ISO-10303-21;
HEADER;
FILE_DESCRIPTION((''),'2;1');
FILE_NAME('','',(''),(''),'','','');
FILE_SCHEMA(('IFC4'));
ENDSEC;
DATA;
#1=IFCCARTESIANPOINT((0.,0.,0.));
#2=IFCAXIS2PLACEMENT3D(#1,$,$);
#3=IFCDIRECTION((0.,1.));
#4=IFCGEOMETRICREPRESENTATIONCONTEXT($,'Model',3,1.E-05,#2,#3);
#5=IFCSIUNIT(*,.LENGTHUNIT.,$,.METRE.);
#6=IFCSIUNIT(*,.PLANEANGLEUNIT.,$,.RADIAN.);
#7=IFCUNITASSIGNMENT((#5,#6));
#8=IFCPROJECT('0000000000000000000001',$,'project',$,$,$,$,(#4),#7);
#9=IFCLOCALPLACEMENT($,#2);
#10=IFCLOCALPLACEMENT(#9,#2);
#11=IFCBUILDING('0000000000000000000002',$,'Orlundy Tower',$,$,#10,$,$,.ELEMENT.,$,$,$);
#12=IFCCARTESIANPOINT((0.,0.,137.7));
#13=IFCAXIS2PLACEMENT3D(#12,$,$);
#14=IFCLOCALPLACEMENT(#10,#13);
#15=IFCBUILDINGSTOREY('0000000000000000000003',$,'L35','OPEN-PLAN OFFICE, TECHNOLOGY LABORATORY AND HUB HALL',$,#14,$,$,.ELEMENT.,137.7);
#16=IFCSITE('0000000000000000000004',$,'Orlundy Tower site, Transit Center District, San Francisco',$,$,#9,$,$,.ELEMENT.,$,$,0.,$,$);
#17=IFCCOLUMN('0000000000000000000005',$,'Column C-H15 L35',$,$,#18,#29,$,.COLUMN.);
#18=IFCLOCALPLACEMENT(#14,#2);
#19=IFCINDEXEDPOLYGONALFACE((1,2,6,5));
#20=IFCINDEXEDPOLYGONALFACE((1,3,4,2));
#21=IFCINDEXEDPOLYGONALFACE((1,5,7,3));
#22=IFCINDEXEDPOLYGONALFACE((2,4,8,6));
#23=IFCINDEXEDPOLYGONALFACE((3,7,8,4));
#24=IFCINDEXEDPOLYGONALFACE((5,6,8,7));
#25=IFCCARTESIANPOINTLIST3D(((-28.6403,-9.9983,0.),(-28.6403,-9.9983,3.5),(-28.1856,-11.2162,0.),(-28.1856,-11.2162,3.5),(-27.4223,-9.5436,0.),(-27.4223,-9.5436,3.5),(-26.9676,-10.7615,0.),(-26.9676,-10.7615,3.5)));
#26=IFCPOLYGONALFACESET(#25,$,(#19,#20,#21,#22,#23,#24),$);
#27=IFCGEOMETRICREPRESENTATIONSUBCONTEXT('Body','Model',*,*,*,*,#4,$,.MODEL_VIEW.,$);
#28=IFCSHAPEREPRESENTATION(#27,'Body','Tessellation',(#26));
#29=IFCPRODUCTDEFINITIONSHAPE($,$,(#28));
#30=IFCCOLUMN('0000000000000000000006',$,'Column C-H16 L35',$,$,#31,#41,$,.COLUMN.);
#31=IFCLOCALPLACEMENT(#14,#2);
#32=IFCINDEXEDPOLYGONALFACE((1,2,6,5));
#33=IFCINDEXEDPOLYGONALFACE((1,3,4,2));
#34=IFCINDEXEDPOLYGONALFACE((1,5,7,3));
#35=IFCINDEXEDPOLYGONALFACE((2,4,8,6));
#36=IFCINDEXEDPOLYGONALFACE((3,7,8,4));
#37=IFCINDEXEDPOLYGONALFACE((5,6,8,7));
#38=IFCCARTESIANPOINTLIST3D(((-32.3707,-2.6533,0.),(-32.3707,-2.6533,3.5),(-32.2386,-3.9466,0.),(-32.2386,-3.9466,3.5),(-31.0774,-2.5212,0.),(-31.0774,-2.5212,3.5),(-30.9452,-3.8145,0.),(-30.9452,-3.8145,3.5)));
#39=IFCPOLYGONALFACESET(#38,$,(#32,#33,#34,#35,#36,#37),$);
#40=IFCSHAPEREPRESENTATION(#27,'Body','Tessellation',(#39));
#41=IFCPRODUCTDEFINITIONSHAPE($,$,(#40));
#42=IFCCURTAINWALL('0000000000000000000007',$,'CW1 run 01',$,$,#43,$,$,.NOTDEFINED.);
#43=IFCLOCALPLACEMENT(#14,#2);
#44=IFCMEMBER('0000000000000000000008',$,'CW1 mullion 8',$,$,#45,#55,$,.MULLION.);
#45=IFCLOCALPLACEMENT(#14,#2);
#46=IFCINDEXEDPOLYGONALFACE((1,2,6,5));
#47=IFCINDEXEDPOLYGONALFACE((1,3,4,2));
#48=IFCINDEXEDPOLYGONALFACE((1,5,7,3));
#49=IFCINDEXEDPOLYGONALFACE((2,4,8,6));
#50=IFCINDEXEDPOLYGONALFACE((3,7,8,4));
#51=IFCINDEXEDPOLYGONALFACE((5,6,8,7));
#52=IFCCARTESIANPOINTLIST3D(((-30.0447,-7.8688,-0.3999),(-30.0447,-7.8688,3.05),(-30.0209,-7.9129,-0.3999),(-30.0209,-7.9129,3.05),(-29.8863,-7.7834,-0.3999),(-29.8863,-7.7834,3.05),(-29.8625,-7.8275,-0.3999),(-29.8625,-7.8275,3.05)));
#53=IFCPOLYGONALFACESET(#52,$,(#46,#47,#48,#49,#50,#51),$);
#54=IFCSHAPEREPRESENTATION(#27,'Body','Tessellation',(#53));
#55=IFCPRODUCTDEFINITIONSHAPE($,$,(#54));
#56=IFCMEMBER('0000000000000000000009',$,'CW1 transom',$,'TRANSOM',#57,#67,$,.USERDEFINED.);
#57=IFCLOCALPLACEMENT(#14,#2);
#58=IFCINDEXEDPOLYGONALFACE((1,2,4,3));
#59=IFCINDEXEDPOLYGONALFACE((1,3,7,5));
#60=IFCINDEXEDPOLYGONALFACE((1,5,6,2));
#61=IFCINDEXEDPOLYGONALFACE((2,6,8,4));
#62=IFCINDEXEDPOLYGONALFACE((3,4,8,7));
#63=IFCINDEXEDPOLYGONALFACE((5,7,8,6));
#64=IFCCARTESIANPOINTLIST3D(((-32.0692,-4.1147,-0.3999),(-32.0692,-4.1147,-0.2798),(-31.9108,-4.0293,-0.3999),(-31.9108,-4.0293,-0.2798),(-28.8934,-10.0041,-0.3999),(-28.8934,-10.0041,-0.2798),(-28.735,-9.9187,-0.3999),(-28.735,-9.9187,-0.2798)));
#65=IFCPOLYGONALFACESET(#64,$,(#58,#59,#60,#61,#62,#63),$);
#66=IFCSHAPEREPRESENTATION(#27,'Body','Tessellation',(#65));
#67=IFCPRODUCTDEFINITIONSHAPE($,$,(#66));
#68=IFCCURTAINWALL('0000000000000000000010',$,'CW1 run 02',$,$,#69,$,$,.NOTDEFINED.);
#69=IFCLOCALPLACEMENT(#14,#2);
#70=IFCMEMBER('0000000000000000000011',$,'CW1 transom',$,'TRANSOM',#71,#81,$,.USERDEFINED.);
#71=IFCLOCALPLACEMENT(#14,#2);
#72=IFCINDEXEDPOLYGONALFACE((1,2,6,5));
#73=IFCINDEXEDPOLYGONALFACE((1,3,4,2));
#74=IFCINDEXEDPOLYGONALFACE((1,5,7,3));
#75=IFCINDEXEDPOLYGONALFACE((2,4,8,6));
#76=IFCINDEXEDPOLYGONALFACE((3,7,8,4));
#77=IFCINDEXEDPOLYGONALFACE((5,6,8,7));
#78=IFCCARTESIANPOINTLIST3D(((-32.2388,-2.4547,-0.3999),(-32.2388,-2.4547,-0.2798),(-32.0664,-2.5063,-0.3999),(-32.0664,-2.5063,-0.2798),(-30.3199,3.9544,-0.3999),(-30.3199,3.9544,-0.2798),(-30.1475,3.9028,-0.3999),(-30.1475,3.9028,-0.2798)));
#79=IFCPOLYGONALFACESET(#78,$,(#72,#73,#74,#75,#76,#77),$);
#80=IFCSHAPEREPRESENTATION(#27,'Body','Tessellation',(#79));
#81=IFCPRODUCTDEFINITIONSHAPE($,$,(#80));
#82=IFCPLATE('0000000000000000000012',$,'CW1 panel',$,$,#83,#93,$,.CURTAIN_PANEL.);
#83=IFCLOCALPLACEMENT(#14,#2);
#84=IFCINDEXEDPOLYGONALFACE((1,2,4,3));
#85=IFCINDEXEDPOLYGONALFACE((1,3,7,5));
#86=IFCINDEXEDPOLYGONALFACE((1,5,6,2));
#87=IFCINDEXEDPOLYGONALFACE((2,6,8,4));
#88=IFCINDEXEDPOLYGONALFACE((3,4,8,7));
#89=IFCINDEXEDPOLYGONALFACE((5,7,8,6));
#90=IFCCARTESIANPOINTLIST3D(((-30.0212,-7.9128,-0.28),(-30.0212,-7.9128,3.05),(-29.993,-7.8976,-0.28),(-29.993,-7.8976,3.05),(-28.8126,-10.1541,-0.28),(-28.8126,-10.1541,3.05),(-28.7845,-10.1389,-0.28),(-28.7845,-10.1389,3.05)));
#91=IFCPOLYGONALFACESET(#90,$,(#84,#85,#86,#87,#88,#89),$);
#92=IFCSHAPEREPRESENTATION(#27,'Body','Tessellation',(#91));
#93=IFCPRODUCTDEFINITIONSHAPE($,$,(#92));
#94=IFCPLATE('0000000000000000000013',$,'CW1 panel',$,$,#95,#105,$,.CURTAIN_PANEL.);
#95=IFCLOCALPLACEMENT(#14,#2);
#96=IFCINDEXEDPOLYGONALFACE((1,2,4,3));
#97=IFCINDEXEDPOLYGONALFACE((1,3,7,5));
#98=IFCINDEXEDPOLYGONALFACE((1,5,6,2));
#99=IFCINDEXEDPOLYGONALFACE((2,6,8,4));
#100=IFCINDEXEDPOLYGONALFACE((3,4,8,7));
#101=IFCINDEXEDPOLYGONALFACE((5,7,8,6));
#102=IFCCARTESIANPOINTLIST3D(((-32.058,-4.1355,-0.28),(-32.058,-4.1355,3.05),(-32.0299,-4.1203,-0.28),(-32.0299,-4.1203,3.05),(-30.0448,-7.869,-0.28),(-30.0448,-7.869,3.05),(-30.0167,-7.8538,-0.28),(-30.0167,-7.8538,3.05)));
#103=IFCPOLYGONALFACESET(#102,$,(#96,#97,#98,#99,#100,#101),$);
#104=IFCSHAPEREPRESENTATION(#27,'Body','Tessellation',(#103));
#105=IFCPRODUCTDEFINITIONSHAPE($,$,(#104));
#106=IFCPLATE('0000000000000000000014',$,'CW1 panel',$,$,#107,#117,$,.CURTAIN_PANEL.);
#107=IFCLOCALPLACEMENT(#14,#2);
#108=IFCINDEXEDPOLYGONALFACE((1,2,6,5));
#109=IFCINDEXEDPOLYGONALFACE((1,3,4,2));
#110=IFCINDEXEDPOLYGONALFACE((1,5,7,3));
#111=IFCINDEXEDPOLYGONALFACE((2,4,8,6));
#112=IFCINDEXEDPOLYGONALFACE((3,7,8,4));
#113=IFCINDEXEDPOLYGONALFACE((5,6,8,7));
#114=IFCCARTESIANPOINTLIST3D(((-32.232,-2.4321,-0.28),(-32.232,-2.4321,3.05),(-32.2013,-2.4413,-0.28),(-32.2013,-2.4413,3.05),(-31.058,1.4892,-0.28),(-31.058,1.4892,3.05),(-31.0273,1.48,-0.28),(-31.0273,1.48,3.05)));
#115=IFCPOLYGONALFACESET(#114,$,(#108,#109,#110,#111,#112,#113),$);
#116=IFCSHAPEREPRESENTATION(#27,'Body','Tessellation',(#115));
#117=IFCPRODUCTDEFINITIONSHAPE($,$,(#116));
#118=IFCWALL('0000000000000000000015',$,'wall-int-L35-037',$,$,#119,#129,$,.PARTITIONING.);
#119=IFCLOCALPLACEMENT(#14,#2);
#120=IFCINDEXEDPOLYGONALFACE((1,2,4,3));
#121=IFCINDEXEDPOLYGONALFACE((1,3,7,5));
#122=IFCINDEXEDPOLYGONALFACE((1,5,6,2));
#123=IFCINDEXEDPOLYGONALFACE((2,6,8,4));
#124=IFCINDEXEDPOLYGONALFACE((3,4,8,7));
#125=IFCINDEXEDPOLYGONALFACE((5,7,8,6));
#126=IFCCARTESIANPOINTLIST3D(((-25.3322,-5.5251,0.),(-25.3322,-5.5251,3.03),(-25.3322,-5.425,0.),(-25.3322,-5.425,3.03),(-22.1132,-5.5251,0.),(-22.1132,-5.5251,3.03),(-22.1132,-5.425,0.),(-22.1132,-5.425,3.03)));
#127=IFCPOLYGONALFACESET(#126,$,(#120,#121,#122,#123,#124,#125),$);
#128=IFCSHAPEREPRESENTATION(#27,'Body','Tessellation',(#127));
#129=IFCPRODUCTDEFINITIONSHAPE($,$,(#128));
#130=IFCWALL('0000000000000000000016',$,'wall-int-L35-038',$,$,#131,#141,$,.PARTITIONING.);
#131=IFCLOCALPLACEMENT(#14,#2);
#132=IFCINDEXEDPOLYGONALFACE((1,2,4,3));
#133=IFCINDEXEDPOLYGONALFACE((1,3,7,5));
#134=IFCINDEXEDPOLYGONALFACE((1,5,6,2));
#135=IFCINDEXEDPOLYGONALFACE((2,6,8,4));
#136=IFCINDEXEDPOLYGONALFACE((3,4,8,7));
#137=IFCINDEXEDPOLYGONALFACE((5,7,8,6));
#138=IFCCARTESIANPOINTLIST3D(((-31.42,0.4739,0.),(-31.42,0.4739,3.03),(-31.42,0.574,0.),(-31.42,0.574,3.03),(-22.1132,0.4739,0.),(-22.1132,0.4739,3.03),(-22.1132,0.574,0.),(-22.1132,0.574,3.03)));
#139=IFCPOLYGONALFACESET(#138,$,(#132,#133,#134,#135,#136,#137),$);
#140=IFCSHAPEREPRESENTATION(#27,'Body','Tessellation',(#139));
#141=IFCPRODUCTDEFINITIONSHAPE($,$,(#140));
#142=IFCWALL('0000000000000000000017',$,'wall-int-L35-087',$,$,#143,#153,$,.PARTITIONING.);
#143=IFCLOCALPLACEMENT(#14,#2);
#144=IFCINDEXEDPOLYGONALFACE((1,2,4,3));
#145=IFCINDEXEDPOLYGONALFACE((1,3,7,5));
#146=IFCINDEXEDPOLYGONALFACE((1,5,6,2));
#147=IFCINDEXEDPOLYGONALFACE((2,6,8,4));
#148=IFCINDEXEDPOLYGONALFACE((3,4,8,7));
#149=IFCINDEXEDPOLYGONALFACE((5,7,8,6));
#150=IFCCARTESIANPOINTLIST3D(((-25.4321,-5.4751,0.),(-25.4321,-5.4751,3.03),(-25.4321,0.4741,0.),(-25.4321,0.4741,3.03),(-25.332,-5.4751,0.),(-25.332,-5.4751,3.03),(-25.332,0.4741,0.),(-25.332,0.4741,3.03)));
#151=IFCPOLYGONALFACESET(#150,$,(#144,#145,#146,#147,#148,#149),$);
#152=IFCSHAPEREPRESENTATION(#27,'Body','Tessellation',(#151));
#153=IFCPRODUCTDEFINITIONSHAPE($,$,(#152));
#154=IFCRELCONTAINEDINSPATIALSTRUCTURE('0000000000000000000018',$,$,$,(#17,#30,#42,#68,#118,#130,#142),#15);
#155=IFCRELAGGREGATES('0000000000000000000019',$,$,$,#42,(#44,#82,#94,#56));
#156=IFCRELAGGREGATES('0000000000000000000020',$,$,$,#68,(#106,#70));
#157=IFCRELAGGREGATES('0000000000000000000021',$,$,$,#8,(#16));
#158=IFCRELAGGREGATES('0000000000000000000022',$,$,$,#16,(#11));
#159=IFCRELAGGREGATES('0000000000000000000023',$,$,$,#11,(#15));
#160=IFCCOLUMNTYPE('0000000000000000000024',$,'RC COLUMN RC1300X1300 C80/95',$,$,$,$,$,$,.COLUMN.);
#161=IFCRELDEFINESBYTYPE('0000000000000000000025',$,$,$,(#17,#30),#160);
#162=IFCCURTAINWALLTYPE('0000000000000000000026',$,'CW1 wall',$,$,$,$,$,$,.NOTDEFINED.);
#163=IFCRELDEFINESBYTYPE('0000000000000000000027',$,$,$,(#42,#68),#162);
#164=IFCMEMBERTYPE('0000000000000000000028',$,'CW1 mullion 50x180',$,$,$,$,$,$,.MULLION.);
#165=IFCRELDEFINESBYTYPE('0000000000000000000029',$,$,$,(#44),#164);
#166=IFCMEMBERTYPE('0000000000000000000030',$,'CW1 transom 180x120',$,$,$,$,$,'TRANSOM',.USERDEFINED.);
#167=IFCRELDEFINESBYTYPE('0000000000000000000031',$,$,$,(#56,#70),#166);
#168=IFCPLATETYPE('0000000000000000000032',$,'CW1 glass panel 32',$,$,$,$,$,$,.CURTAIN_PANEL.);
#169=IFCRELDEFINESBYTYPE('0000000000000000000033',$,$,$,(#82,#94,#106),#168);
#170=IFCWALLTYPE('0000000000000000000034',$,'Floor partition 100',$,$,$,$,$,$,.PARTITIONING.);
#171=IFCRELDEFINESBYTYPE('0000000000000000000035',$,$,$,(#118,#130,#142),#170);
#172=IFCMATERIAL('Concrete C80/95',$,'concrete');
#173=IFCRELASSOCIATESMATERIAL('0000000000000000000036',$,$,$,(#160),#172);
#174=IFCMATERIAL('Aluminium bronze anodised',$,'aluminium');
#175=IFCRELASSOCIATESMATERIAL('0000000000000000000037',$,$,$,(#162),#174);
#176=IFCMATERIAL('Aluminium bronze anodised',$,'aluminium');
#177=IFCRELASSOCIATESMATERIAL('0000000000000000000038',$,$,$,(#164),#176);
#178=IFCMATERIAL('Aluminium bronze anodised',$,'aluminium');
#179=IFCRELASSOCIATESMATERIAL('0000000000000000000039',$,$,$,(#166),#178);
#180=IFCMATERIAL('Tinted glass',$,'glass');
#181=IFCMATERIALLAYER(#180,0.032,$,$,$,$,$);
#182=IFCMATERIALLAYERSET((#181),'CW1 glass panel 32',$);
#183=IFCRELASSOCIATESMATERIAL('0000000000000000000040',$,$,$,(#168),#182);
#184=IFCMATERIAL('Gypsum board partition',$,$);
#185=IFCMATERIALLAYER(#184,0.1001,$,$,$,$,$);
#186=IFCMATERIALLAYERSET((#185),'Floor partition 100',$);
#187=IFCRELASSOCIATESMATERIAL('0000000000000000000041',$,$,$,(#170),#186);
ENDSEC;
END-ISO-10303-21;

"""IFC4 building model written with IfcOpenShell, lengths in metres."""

from ifc_helpers import new_model, si_unit, direction, frame, frame_2d, origin, origin_2d, place, context, subcontext, project, spatial, rectangle, extrude, material, layer, layer_set, material_profile, profile_set, type_object, element, aggregate, save


model = new_model("IFC4")

# Units and contexts
model_context = context("Model", 3, precision=1e-05, world=origin(), true_north=direction((0.0, 1.0)))
body_context = subcontext(model_context, "Body", "Model", "MODEL_VIEW")
ifc_project = project(units=[si_unit("LENGTHUNIT", "METRE"), si_unit("PLANEANGLEUNIT", "RADIAN")], contexts=[model_context])

# Site, building, storey
site_placement = place(None, origin())
site = spatial("IfcSite", under=ifc_project, at=site_placement, Name="Orlundy Tower site, Transit Center District, San Francisco", CompositionType="ELEMENT", RefElevation=0.0)
building_placement = place(site_placement, origin())
building = spatial("IfcBuilding", under=site, at=building_placement, Name="Orlundy Tower", CompositionType="ELEMENT")
storey_placement = place(building_placement, frame((0.0, 0.0, 137.7)))
storey = spatial("IfcBuildingStorey", under=building, at=storey_placement, Name="L35", Description="OPEN-PLAN OFFICE, TECHNOLOGY LABORATORY AND HUB HALL", CompositionType="ELEMENT", Elevation=137.7)

# Columns
ifc_material_1 = material(Name="Concrete C80/95", Category="concrete")
ifc_material_profile_1 = material_profile(ifc_material_1, rectangle(XDim=1.3, YDim=1.3, at=origin_2d()), Name="RC1300X1300")
ifc_profile_set_1 = profile_set([ifc_material_profile_1], Name="Concrete C80/95")
column_type = type_object("IfcColumnType", Name="RC COLUMN RC1300X1300 C80/95", PredefinedType="COLUMN", material=ifc_profile_set_1)
for number, where, z_axis, x_axis, name in (
    (1, (-27.804, -10.3799, 0.0), (0.0, 0.0, 1.0), (-0.936843, -0.34975, 0.0), "Column C-H15 L35"),
    (2, (-31.658, -3.2339, 0.0), (0.0, 0.0, 1.0), (-0.994822, -0.101629, 0.0), "Column C-H16 L35"),
):
    element("IfcColumn", number, at=place(storey_placement, frame(where, z_axis=z_axis, x_axis=x_axis)), inside=storey, type_object=column_type, Name=name, PredefinedType="COLUMN", context=body_context, shape_type="SweptSolid", body=[
        extrude(rectangle(XDim=1.3, YDim=1.3, at=origin_2d()), origin(), (0.0, 0.0, 1.0), 3.5),
    ])

# Curtain wall, members
ifc_material_2 = material(Name="Aluminium bronze anodised", Category="aluminium")
curtain_wall_type = type_object("IfcCurtainWallType", Name="CW1 wall", PredefinedType="NOTDEFINED", material=ifc_material_2)
curtain_wall_1_placement = place(storey_placement, origin())
curtain_wall_1 = element("IfcCurtainWall", 3, at=curtain_wall_1_placement, inside=storey, type_object=curtain_wall_type, Name="CW1 run 01", PredefinedType="NOTDEFINED")
ifc_material_3 = material(Name="Aluminium bronze anodised", Category="aluminium")
ifc_material_profile_2 = material_profile(ifc_material_3, rectangle(XDim=0.1799, YDim=0.05, at=origin_2d()), Name="CW1 mullion 50x180")
ifc_profile_set_2 = profile_set([ifc_material_profile_2], Name="Aluminium bronze anodised")
member_type_1 = type_object("IfcMemberType", Name="CW1 mullion 50x180", PredefinedType="MULLION", material=ifc_profile_set_2)
member_1_placement = place(storey_placement, frame((-29.9536, -7.8481, -0.3999), z_axis=(0.0, 0.0, 1.0), x_axis=(-0.880189, -0.474624, 0.0)))
member_1 = element("IfcMember", 4, at=member_1_placement, type_object=member_type_1, Name="CW1 mullion 8", PredefinedType="MULLION", context=body_context, shape_type="SweptSolid", body=[
    extrude(rectangle(XDim=0.1799, YDim=0.05, at=origin_2d()), origin(), (0.0, 0.0, 1.0), 3.45),
])
ifc_material_4 = material(Name="Aluminium bronze anodised", Category="aluminium")
ifc_material_profile_3 = material_profile(ifc_material_4, rectangle(XDim=0.1799, YDim=0.1201, at=origin_2d()), Name="CW1 transom 180x120")
ifc_profile_set_3 = profile_set([ifc_material_profile_3], Name="Aluminium bronze anodised")
member_type_2 = type_object("IfcMemberType", Name="CW1 transom 180x120", ElementType="TRANSOM", PredefinedType="USERDEFINED", material=ifc_profile_set_3)
member_2_placement = place(storey_placement, frame((-28.8142, -9.9614, -0.3398), z_axis=(-0.474628, 0.880186, 0.0), x_axis=(-0.880186, -0.474628, 0.0)))
member_2 = element("IfcMember", 5, at=member_2_placement, type_object=member_type_2, Name="CW1 transom", ObjectType="TRANSOM", PredefinedType="USERDEFINED", context=body_context, shape_type="SweptSolid", body=[
    extrude(rectangle(XDim=0.1799, YDim=0.1201, at=origin_2d()), origin(), (0.0, 0.0, 1.0), 6.6912),
])

# Curtain wall, member
curtain_wall_2_placement = place(storey_placement, origin())
curtain_wall_2 = element("IfcCurtainWall", 6, at=curtain_wall_2_placement, inside=storey, type_object=curtain_wall_type, Name="CW1 run 02", PredefinedType="NOTDEFINED")
member_3_placement = place(storey_placement, frame((-32.1526, -2.4805, -0.3398), z_axis=(0.286826, 0.957983, 0.0), x_axis=(-0.957983, 0.286826, 0.0)))
member_3 = element("IfcMember", 7, at=member_3_placement, type_object=member_type_2, Name="CW1 transom", ObjectType="TRANSOM", PredefinedType="USERDEFINED", context=body_context, shape_type="SweptSolid", body=[
    extrude(rectangle(XDim=0.1799, YDim=0.1201, at=origin_2d()), origin(), (0.0, 0.0, 1.0), 6.6902),
])

# Plates
ifc_material_5 = material(Name="Tinted glass", Category="glass")
ifc_layer_1 = layer(ifc_material_5, 0.032)
ifc_layer_set_1 = layer_set([ifc_layer_1], Name="CW1 glass panel 32")
plate_type = type_object("IfcPlateType", Name="CW1 glass panel 32", PredefinedType="CURTAIN_PANEL", material=ifc_layer_set_1)
plate_1_placement = place(storey_placement, frame((-29.4028, -9.0259, -0.28), z_axis=(0.0, 0.0, 1.0), x_axis=(-0.474624, 0.880189, 0.0)))
plate_1 = element("IfcPlate", 8, at=plate_1_placement, type_object=plate_type, Name="CW1 panel", PredefinedType="CURTAIN_PANEL", context=body_context, shape_type="SweptSolid", body=[
    extrude(rectangle(XDim=2.5464, YDim=0.032, at=origin_2d()), origin(), (0.0, 0.0, 1.0), 3.3301),
])
plate_2_placement = place(storey_placement, frame((-31.0374, -5.9946, -0.28), z_axis=(0.0, 0.0, 1.0), x_axis=(-0.474624, 0.880189, 0.0)))
plate_2 = element("IfcPlate", 9, at=plate_2_placement, type_object=plate_type, Name="CW1 panel", PredefinedType="CURTAIN_PANEL", context=body_context, shape_type="SweptSolid", body=[
    extrude(rectangle(XDim=4.2417, YDim=0.032, at=origin_2d()), origin(), (0.0, 0.0, 1.0), 3.3301),
])
aggregate(curtain_wall_1, [member_1, plate_1, plate_2, member_2])
plate_3_placement = place(storey_placement, frame((-31.6296, -0.4761, -0.28), z_axis=(0.0, 0.0, 1.0), x_axis=(0.286816, 0.957986, 0.0)))
plate_3 = element("IfcPlate", 10, at=plate_3_placement, type_object=plate_type, Name="CW1 panel", PredefinedType="CURTAIN_PANEL", context=body_context, shape_type="SweptSolid", body=[
    extrude(rectangle(XDim=4.0933, YDim=0.032, at=origin_2d()), origin(), (0.0, 0.0, 1.0), 3.3301),
])
aggregate(curtain_wall_2, [plate_3, member_3])

# Walls
ifc_material_6 = material(Name="Gypsum board partition")
ifc_layer_2 = layer(ifc_material_6, 0.1001)
ifc_layer_set_2 = layer_set([ifc_layer_2], Name="Floor partition 100")
wall_type_1 = type_object("IfcWallType", Name="Floor partition 100", PredefinedType="PARTITIONING", material=ifc_layer_set_2)
wall_1_placement = place(storey_placement, frame((-25.332, -5.4751, 0.0), z_axis=(0.0, 0.0, 1.0), x_axis=(1.0, 0.0, 0.0)))
element("IfcWall", 11, at=wall_1_placement, inside=storey, type_object=wall_type_1, Name="wall-int-L35-037", PredefinedType="PARTITIONING", context=body_context, shape_type="SweptSolid", body=[
    extrude(rectangle(XDim=3.219, YDim=0.1001, at=frame_2d((1.6094, 0.0))), origin(), (0.0, 0.0, 1.0), 3.03),
])
wall_2_placement = place(storey_placement, frame((-31.4199, 0.5239, 0.0), z_axis=(0.0, 0.0, 1.0), x_axis=(1.0, 0.0, 0.0)))
element("IfcWall", 12, at=wall_2_placement, inside=storey, type_object=wall_type_1, Name="wall-int-L35-038", PredefinedType="PARTITIONING", context=body_context, shape_type="SweptSolid", body=[
    extrude(rectangle(XDim=9.3069, YDim=0.1001, at=frame_2d((4.6533, 0.0))), origin(), (0.0, 0.0, 1.0), 3.03),
])
wall_3_placement = place(storey_placement, frame((-25.3821, -5.4751, 0.0), z_axis=(0.0, 0.0, 1.0), x_axis=(0.0, 1.0, 0.0)))
element("IfcWall", 13, at=wall_3_placement, inside=storey, type_object=wall_type_1, Name="wall-int-L35-087", PredefinedType="PARTITIONING", context=body_context, shape_type="SweptSolid", body=[
    extrude(rectangle(XDim=5.9492, YDim=0.1001, at=frame_2d((2.9746, 0.0))), origin(), (0.0, 0.0, 1.0), 3.03),
])

save(model, "model.ifc")
